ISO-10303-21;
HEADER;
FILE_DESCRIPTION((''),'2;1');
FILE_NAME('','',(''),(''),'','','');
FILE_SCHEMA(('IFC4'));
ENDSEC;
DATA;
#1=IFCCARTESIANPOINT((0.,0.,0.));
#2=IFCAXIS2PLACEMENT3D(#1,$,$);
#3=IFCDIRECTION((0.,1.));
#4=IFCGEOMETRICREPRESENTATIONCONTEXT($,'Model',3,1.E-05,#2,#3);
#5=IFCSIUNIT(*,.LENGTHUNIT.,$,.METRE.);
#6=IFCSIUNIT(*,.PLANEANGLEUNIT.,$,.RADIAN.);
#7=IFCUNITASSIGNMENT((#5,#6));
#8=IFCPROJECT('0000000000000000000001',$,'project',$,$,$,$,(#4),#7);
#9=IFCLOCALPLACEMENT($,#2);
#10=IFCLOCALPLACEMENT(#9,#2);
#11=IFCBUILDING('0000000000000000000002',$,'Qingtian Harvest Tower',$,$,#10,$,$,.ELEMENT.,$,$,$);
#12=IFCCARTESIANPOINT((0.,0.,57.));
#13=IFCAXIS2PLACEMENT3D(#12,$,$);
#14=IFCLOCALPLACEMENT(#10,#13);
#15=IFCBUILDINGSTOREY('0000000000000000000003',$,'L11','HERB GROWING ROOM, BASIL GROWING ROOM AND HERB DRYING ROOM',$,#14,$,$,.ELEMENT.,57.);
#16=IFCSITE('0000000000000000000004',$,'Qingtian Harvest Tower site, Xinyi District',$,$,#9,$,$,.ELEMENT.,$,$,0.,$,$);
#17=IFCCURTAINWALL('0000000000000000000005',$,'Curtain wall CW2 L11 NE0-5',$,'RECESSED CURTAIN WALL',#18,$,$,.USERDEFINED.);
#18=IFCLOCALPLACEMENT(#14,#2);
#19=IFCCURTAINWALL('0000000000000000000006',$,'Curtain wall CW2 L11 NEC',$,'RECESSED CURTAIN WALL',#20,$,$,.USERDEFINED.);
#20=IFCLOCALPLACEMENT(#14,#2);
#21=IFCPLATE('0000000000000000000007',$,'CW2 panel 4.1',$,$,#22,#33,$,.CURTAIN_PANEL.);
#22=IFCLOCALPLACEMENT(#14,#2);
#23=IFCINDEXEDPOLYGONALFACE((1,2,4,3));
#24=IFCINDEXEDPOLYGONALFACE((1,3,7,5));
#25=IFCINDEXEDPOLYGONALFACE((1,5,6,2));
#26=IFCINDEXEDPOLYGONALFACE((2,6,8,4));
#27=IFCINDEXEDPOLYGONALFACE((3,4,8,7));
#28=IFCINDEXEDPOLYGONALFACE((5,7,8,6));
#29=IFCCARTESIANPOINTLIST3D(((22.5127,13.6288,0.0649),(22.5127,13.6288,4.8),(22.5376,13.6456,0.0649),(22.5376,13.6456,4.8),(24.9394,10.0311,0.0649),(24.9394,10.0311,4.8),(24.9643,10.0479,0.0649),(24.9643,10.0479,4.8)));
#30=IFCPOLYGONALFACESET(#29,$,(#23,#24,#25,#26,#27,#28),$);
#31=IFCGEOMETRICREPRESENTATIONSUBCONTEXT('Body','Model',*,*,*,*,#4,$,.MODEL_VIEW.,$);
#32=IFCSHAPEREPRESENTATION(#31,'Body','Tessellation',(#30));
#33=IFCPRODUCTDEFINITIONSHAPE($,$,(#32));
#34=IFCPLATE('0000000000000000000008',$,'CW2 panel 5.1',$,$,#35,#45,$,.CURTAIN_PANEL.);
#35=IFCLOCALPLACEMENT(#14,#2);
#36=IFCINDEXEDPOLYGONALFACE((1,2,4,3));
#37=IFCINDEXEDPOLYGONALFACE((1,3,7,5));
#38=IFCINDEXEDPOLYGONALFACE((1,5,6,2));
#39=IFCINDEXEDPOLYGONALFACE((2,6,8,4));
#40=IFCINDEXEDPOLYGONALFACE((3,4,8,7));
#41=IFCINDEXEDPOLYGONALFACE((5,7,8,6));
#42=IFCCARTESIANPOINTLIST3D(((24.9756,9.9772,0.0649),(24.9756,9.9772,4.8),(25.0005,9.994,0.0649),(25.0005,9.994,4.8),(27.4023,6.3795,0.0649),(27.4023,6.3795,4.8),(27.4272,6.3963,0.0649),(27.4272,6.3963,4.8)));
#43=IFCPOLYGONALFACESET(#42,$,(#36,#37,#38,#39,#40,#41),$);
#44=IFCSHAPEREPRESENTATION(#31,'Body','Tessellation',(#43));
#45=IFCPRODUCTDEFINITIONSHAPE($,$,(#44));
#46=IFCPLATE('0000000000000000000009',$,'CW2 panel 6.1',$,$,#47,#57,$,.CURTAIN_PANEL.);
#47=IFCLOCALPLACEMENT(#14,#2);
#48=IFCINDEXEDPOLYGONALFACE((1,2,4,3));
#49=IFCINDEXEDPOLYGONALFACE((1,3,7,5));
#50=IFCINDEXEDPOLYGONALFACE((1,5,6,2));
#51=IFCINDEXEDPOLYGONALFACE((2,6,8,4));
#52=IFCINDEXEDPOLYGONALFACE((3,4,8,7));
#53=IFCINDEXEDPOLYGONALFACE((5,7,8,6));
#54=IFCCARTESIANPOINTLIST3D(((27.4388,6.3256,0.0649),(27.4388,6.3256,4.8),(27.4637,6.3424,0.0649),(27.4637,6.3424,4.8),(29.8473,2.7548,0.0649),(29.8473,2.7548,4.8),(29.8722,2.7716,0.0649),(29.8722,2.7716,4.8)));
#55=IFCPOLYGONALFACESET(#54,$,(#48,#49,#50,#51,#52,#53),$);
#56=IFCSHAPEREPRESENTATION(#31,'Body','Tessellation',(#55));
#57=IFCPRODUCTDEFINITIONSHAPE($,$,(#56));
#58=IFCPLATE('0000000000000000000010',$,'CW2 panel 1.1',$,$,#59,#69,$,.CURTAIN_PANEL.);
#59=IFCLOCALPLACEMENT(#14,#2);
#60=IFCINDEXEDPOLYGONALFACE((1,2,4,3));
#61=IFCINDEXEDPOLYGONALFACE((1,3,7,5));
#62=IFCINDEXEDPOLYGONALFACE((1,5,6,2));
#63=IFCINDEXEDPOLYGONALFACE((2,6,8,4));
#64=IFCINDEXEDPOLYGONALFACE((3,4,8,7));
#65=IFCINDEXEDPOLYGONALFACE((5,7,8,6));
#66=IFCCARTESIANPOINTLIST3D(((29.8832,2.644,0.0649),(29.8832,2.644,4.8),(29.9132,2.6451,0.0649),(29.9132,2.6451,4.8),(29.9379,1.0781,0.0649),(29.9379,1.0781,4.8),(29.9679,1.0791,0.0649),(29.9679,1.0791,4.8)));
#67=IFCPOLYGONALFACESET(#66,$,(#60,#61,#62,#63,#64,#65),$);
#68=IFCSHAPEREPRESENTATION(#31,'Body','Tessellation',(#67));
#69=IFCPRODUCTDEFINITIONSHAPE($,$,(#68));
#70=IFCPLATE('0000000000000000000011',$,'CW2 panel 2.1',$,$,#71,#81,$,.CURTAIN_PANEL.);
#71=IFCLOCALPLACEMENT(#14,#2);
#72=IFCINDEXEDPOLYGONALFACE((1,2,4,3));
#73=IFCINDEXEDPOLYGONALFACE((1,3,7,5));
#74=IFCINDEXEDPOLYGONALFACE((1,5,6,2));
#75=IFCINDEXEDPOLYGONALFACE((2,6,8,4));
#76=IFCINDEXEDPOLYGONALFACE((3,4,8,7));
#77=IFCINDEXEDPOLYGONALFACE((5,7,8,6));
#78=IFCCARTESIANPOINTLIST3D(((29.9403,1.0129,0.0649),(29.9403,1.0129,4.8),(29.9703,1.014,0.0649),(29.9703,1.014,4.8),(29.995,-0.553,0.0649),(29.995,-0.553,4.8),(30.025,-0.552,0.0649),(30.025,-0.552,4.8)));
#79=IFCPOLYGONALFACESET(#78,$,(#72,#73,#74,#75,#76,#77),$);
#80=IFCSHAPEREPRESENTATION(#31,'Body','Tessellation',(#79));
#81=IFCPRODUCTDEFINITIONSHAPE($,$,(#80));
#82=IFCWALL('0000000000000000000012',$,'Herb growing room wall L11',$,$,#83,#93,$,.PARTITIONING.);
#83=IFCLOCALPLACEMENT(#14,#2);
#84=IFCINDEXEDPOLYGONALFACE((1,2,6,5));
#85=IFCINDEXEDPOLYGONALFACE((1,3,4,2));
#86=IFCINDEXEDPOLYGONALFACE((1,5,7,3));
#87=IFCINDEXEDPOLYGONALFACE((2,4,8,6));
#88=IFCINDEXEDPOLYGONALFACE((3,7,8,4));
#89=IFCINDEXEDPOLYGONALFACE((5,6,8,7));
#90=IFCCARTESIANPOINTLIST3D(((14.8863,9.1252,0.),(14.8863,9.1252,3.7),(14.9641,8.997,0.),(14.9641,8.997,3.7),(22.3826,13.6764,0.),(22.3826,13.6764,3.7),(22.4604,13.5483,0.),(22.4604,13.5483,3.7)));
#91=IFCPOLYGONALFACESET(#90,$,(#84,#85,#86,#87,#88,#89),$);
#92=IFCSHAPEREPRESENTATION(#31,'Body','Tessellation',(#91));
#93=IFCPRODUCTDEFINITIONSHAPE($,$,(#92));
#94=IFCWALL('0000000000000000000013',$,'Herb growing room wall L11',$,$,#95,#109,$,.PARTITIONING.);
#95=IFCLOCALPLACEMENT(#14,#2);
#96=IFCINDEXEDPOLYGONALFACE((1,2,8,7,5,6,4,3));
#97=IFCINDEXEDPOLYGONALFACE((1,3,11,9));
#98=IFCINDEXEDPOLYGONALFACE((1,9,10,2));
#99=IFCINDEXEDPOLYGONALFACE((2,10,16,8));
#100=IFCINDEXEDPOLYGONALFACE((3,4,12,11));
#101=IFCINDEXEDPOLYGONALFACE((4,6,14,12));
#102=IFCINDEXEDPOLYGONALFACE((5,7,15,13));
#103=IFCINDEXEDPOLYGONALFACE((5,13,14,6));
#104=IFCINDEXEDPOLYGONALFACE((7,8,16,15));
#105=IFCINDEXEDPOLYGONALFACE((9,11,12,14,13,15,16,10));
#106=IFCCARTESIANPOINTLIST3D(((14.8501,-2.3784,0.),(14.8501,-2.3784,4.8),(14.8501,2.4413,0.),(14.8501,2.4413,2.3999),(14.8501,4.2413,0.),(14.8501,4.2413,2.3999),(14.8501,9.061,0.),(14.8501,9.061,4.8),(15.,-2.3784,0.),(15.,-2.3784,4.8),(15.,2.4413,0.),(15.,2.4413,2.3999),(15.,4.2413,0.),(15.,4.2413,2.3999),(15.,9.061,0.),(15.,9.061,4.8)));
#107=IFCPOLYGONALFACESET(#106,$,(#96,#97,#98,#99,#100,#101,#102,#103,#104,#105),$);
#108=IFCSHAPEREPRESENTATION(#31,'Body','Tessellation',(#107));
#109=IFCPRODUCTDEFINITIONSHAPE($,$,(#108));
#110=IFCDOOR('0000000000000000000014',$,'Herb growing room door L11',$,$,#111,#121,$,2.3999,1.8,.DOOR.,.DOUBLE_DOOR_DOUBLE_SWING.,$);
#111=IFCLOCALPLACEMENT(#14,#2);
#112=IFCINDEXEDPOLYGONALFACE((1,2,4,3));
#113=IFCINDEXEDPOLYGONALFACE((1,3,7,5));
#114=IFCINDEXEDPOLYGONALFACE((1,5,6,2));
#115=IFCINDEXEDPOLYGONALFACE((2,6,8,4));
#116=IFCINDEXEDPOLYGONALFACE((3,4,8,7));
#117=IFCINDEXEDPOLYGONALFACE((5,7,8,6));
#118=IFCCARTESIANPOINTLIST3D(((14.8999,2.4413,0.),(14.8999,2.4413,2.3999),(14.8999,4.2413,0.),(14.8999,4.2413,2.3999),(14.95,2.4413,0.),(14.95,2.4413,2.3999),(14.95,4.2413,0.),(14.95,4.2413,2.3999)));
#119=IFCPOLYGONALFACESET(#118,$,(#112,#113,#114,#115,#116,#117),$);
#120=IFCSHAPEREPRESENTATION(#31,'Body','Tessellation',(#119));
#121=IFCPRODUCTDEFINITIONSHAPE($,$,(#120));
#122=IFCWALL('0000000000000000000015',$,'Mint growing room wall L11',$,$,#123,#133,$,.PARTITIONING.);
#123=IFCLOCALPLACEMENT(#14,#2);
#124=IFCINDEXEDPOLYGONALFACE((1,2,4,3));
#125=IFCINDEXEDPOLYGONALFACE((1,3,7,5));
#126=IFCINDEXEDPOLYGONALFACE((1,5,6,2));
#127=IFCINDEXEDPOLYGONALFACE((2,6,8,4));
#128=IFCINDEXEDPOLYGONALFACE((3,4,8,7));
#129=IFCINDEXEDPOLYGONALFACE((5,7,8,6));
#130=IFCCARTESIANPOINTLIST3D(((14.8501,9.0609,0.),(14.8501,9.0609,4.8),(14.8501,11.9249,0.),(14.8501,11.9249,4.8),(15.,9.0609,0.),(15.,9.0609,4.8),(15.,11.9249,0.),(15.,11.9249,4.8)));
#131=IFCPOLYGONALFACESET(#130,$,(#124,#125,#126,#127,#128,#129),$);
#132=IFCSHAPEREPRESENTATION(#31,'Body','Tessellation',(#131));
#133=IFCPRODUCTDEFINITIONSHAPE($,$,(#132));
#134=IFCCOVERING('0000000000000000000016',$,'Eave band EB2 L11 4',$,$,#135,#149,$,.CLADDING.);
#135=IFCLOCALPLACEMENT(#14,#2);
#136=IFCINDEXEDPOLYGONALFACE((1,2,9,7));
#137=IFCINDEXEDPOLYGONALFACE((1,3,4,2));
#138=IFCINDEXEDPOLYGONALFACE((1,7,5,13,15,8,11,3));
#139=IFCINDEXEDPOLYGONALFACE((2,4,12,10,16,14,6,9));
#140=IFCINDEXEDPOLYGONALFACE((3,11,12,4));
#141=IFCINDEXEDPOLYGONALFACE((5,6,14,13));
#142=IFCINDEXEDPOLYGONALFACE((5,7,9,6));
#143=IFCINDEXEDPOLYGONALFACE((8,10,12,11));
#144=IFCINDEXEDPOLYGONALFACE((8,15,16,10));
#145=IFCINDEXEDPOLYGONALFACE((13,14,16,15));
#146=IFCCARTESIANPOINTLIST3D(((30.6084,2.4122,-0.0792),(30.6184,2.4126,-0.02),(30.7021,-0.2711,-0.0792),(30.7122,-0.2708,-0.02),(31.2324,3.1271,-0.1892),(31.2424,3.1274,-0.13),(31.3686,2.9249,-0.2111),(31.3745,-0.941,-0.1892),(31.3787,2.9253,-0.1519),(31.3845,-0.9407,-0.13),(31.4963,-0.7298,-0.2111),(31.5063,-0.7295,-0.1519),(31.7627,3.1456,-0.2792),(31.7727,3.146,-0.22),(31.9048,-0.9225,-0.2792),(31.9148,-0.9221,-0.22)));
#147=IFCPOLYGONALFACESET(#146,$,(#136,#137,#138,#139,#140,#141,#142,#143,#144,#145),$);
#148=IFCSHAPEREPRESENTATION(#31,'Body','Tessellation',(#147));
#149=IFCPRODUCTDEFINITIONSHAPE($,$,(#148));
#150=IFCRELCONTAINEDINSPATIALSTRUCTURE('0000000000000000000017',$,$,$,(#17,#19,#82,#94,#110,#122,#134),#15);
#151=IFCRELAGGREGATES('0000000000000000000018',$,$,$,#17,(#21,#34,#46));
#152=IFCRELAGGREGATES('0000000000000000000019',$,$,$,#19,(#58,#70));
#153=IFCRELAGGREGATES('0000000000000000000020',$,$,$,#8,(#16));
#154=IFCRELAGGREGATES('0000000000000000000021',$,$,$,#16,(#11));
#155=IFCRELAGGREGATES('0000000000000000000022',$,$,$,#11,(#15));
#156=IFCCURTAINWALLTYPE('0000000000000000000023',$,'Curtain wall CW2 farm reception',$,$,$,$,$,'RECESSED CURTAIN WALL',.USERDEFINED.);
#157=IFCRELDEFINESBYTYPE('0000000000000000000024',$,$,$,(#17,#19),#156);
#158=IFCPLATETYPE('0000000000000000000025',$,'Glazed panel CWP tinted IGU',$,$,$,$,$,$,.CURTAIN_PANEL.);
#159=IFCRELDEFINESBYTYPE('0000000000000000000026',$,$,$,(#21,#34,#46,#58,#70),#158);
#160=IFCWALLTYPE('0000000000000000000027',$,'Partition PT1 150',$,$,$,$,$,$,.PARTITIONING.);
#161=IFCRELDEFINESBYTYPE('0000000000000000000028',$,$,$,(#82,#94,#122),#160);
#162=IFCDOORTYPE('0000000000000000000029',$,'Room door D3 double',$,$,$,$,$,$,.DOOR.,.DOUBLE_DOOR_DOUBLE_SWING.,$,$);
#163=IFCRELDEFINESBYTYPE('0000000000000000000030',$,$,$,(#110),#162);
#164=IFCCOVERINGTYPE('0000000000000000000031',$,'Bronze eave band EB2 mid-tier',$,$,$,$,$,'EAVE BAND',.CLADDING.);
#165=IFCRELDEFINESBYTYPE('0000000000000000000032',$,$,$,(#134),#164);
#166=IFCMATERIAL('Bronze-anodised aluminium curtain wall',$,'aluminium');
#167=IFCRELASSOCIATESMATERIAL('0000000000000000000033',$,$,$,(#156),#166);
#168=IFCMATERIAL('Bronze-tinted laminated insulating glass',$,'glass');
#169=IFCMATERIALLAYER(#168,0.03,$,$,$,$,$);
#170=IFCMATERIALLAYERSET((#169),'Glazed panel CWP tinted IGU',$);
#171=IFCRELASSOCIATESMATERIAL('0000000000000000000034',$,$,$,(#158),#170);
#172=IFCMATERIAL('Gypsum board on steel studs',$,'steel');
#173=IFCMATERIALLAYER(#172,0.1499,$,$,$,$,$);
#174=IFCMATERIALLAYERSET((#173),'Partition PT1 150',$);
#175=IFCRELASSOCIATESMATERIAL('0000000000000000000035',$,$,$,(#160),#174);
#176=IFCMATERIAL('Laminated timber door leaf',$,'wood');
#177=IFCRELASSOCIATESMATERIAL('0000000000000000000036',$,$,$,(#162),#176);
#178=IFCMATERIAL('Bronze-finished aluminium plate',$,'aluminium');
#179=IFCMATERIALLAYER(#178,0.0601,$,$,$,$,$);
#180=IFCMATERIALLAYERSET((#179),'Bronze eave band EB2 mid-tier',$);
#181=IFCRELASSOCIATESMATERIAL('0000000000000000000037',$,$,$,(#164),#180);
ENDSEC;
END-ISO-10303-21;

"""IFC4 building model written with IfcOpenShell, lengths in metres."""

from ifc_helpers import new_model, si_unit, direction, frame, frame_2d, origin, origin_2d, place, context, subcontext, project, spatial, polyline, rectangle, outline, extrude, material, layer, layer_set, type_object, element, fill, aggregate, save


model = new_model("IFC4")

# Units and contexts
model_context = context("Model", 3, precision=1e-05, world=origin(), true_north=direction((0.0, 1.0)))
body_context = subcontext(model_context, "Body", "Model", "MODEL_VIEW")
ifc_project = project(units=[si_unit("LENGTHUNIT", "METRE"), si_unit("PLANEANGLEUNIT", "RADIAN")], contexts=[model_context])

# Site, building, storey
site_placement = place(None, origin())
site = spatial("IfcSite", under=ifc_project, at=site_placement, Name="Qingtian Harvest Tower site, Xinyi District", CompositionType="ELEMENT", RefElevation=0.0)
building_placement = place(site_placement, origin())
building = spatial("IfcBuilding", under=site, at=building_placement, Name="Qingtian Harvest Tower", CompositionType="ELEMENT")
storey_placement = place(building_placement, frame((0.0, 0.0, 57.0)))
storey = spatial("IfcBuildingStorey", under=building, at=storey_placement, Name="L11", Description="HERB GROWING ROOM, BASIL GROWING ROOM AND HERB DRYING ROOM", CompositionType="ELEMENT", Elevation=57.0)

# Curtain walls
ifc_material_1 = material(Name="Bronze-anodised aluminium curtain wall", Category="aluminium")
curtain_wall_type = type_object("IfcCurtainWallType", Name="Curtain wall CW2 farm reception", ElementType="RECESSED CURTAIN WALL", PredefinedType="USERDEFINED", material=ifc_material_1)
curtain_wall_1_placement = place(storey_placement, origin())
curtain_wall_1 = element("IfcCurtainWall", 1, at=curtain_wall_1_placement, inside=storey, type_object=curtain_wall_type, Name="Curtain wall CW2 L11 NE0-5", ObjectType="RECESSED CURTAIN WALL", PredefinedType="USERDEFINED")
curtain_wall_2_placement = place(storey_placement, origin())
curtain_wall_2 = element("IfcCurtainWall", 2, at=curtain_wall_2_placement, inside=storey, type_object=curtain_wall_type, Name="Curtain wall CW2 L11 NEC", ObjectType="RECESSED CURTAIN WALL", PredefinedType="USERDEFINED")

# Plates
ifc_material_2 = material(Name="Bronze-tinted laminated insulating glass", Category="glass")
ifc_layer_1 = layer(ifc_material_2, 0.03)
ifc_layer_set_1 = layer_set([ifc_layer_1], Name="Glazed panel CWP tinted IGU")
plate_type = type_object("IfcPlateType", Name="Glazed panel CWP tinted IGU", PredefinedType="CURTAIN_PANEL", material=ifc_layer_set_1)
plate_1_placement = place(storey_placement, frame((23.7385, 11.8384, 0.0649), z_axis=(0.0, 0.0, 1.0), x_axis=(0.559193, -0.829038, 0.0)))
plate_1 = element("IfcPlate", 3, at=plate_1_placement, type_object=plate_type, Name="CW2 panel 4.1", PredefinedType="CURTAIN_PANEL", context=body_context, shape_type="SweptSolid", body=[
    extrude(rectangle(XDim=4.3396, YDim=0.03, at=origin_2d()), origin(), (0.0, 0.0, 1.0), 4.7351),
])
plate_2_placement = place(storey_placement, frame((26.2014, 8.1868, 0.0649), z_axis=(0.0, 0.0, 1.0), x_axis=(0.559193, -0.829038, 0.0)))
plate_2 = element("IfcPlate", 4, at=plate_2_placement, type_object=plate_type, Name="CW2 panel 5.1", PredefinedType="CURTAIN_PANEL", context=body_context, shape_type="SweptSolid", body=[
    extrude(rectangle(XDim=4.3396, YDim=0.03, at=origin_2d()), origin(), (0.0, 0.0, 1.0), 4.7351),
])
plate_3_placement = place(storey_placement, frame((28.6555, 4.5486, 0.0649), z_axis=(0.0, 0.0, 1.0), x_axis=(0.559193, -0.829038, 0.0)))
plate_3 = element("IfcPlate", 5, at=plate_3_placement, type_object=plate_type, Name="CW2 panel 6.1", PredefinedType="CURTAIN_PANEL", context=body_context, shape_type="SweptSolid", body=[
    extrude(rectangle(XDim=4.3071, YDim=0.03, at=origin_2d()), origin(), (0.0, 0.0, 1.0), 4.7351),
])
aggregate(curtain_wall_1, [plate_1, plate_2, plate_3])
plate_4_placement = place(storey_placement, frame((29.9255, 1.8616, 0.0649), z_axis=(0.0, 0.0, 1.0), x_axis=(0.034899, -0.999391, 0.0)))
plate_4 = element("IfcPlate", 6, at=plate_4_placement, type_object=plate_type, Name="CW2 panel 1.1", PredefinedType="CURTAIN_PANEL", context=body_context, shape_type="SweptSolid", body=[
    extrude(rectangle(XDim=1.5669, YDim=0.03, at=origin_2d()), origin(), (0.0, 0.0, 1.0), 4.7351),
])
plate_5_placement = place(storey_placement, frame((29.9827, 0.2305, 0.0649), z_axis=(0.0, 0.0, 1.0), x_axis=(0.034899, -0.999391, 0.0)))
plate_5 = element("IfcPlate", 7, at=plate_5_placement, type_object=plate_type, Name="CW2 panel 2.1", PredefinedType="CURTAIN_PANEL", context=body_context, shape_type="SweptSolid", body=[
    extrude(rectangle(XDim=1.5669, YDim=0.03, at=origin_2d()), origin(), (0.0, 0.0, 1.0), 4.7351),
])
aggregate(curtain_wall_2, [plate_4, plate_5])

# Wall
ifc_material_3 = material(Name="Gypsum board on steel studs", Category="steel")
ifc_layer_2 = layer(ifc_material_3, 0.1499)
ifc_layer_set_2 = layer_set([ifc_layer_2], Name="Partition PT1 150")
wall_type = type_object("IfcWallType", Name="Partition PT1 150", PredefinedType="PARTITIONING", material=ifc_layer_set_2)
wall_1_placement = place(storey_placement, frame((22.4214, 13.6123, 0.0), z_axis=(0.0, 0.0, 1.0), x_axis=(-0.854791, -0.518972, 0.0)))
element("IfcWall", 8, at=wall_1_placement, inside=storey, type_object=wall_type, Name="Herb growing room wall L11", PredefinedType="PARTITIONING", context=body_context, shape_type="SweptSolid", body=[
    extrude(rectangle(XDim=8.7698, YDim=0.1499, at=frame_2d((4.3848, 0.0))), origin(), (0.0, 0.0, 1.0), 3.7),
])

# Wall, opening, door
wall_2_placement = place(storey_placement, frame((14.925, 9.061, 0.0), z_axis=(0.0, 0.0, 1.0), x_axis=(0.0, -1.0, 0.0)))
wall_2 = element("IfcWall", 9, at=wall_2_placement, inside=storey, type_object=wall_type, Name="Herb growing room wall L11", PredefinedType="PARTITIONING", context=body_context, shape_type="SweptSolid", body=[
    extrude(rectangle(XDim=11.4395, YDim=0.1499, at=frame_2d((5.7197, 0.0))), origin(), (0.0, 0.0, 1.0), 4.8),
])
opening_placement = place(wall_2_placement, frame((4.8198, 0.0, 0.0)))
opening = element("IfcOpeningElement", 10, at=opening_placement, cuts=wall_2, PredefinedType="OPENING", context=body_context, shape_type="SweptSolid", body=[
    extrude(rectangle(XDim=1.8, YDim=2.3999, at=frame_2d((0.8999, 1.2))), frame((0.0, 0.085, 0.0), z_axis=(0.0, -1.0, 0.0), x_axis=(1.0, 0.0, 0.0)), (0.0, 0.0, 1.0), 0.1699),
])
ifc_material_4 = material(Name="Laminated timber door leaf", Category="wood")
door_type = type_object("IfcDoorType", Name="Room door D3 double", OperationType="DOUBLE_DOOR_DOUBLE_SWING", PredefinedType="DOOR", material=ifc_material_4)
door_placement = place(opening_placement, origin())
door = element("IfcDoor", 11, at=door_placement, inside=storey, type_object=door_type, Name="Herb growing room door L11", OperationType="DOUBLE_DOOR_DOUBLE_SWING", OverallHeight=2.3999, OverallWidth=1.8, PredefinedType="DOOR", context=body_context, shape_type="SweptSolid", body=[
    extrude(rectangle(XDim=1.8, YDim=2.3999, at=frame_2d((0.8999, 1.2))), frame((0.0, 0.0249, 0.0), z_axis=(0.0, -1.0, 0.0), x_axis=(1.0, 0.0, 0.0)), (0.0, 0.0, 1.0), 0.05),
])
fill(opening, door)

# Wall
wall_3_placement = place(storey_placement, frame((14.925, 11.925, 0.0), z_axis=(0.0, 0.0, 1.0), x_axis=(0.0, -1.0, 0.0)))
element("IfcWall", 12, at=wall_3_placement, inside=storey, type_object=wall_type, Name="Mint growing room wall L11", PredefinedType="PARTITIONING", context=body_context, shape_type="SweptSolid", body=[
    extrude(rectangle(XDim=2.864, YDim=0.1499, at=frame_2d((1.4321, 0.0))), origin(), (0.0, 0.0, 1.0), 4.8),
])

# Covering
ifc_material_5 = material(Name="Bronze-finished aluminium plate", Category="aluminium")
ifc_layer_3 = layer(ifc_material_5, 0.0601)
ifc_layer_set_3 = layer_set([ifc_layer_3], Name="Bronze eave band EB2 mid-tier")
covering_type = type_object("IfcCoveringType", Name="Bronze eave band EB2 mid-tier", ElementType="EAVE BAND", PredefinedType="CLADDING", material=ifc_layer_set_3)
covering_placement = place(storey_placement, frame((30.6184, 2.4126, -0.02), z_axis=(0.167091, 0.005837, 0.985924), x_axis=(0.820643, 0.553425, -0.142356)))
element("IfcCovering", 13, at=covering_placement, inside=storey, type_object=covering_type, Name="Eave band EB2 L11 4", PredefinedType="CLADDING", context=body_context, shape_type="SweptSolid", body=[
    extrude(outline(polyline([(0.0, 0.0), (0.9264, 0.0), (0.9234, 0.2447), (1.3816, -0.0375), (-0.7532, -3.5034), (-1.2114, -3.2212), (-0.9915, -3.1138), (-1.4081, -2.2861), (0.0, 0.0)])), origin(), (0.0, 0.0, -1.0), 0.0601),
])

save(model, "model.ifc")
